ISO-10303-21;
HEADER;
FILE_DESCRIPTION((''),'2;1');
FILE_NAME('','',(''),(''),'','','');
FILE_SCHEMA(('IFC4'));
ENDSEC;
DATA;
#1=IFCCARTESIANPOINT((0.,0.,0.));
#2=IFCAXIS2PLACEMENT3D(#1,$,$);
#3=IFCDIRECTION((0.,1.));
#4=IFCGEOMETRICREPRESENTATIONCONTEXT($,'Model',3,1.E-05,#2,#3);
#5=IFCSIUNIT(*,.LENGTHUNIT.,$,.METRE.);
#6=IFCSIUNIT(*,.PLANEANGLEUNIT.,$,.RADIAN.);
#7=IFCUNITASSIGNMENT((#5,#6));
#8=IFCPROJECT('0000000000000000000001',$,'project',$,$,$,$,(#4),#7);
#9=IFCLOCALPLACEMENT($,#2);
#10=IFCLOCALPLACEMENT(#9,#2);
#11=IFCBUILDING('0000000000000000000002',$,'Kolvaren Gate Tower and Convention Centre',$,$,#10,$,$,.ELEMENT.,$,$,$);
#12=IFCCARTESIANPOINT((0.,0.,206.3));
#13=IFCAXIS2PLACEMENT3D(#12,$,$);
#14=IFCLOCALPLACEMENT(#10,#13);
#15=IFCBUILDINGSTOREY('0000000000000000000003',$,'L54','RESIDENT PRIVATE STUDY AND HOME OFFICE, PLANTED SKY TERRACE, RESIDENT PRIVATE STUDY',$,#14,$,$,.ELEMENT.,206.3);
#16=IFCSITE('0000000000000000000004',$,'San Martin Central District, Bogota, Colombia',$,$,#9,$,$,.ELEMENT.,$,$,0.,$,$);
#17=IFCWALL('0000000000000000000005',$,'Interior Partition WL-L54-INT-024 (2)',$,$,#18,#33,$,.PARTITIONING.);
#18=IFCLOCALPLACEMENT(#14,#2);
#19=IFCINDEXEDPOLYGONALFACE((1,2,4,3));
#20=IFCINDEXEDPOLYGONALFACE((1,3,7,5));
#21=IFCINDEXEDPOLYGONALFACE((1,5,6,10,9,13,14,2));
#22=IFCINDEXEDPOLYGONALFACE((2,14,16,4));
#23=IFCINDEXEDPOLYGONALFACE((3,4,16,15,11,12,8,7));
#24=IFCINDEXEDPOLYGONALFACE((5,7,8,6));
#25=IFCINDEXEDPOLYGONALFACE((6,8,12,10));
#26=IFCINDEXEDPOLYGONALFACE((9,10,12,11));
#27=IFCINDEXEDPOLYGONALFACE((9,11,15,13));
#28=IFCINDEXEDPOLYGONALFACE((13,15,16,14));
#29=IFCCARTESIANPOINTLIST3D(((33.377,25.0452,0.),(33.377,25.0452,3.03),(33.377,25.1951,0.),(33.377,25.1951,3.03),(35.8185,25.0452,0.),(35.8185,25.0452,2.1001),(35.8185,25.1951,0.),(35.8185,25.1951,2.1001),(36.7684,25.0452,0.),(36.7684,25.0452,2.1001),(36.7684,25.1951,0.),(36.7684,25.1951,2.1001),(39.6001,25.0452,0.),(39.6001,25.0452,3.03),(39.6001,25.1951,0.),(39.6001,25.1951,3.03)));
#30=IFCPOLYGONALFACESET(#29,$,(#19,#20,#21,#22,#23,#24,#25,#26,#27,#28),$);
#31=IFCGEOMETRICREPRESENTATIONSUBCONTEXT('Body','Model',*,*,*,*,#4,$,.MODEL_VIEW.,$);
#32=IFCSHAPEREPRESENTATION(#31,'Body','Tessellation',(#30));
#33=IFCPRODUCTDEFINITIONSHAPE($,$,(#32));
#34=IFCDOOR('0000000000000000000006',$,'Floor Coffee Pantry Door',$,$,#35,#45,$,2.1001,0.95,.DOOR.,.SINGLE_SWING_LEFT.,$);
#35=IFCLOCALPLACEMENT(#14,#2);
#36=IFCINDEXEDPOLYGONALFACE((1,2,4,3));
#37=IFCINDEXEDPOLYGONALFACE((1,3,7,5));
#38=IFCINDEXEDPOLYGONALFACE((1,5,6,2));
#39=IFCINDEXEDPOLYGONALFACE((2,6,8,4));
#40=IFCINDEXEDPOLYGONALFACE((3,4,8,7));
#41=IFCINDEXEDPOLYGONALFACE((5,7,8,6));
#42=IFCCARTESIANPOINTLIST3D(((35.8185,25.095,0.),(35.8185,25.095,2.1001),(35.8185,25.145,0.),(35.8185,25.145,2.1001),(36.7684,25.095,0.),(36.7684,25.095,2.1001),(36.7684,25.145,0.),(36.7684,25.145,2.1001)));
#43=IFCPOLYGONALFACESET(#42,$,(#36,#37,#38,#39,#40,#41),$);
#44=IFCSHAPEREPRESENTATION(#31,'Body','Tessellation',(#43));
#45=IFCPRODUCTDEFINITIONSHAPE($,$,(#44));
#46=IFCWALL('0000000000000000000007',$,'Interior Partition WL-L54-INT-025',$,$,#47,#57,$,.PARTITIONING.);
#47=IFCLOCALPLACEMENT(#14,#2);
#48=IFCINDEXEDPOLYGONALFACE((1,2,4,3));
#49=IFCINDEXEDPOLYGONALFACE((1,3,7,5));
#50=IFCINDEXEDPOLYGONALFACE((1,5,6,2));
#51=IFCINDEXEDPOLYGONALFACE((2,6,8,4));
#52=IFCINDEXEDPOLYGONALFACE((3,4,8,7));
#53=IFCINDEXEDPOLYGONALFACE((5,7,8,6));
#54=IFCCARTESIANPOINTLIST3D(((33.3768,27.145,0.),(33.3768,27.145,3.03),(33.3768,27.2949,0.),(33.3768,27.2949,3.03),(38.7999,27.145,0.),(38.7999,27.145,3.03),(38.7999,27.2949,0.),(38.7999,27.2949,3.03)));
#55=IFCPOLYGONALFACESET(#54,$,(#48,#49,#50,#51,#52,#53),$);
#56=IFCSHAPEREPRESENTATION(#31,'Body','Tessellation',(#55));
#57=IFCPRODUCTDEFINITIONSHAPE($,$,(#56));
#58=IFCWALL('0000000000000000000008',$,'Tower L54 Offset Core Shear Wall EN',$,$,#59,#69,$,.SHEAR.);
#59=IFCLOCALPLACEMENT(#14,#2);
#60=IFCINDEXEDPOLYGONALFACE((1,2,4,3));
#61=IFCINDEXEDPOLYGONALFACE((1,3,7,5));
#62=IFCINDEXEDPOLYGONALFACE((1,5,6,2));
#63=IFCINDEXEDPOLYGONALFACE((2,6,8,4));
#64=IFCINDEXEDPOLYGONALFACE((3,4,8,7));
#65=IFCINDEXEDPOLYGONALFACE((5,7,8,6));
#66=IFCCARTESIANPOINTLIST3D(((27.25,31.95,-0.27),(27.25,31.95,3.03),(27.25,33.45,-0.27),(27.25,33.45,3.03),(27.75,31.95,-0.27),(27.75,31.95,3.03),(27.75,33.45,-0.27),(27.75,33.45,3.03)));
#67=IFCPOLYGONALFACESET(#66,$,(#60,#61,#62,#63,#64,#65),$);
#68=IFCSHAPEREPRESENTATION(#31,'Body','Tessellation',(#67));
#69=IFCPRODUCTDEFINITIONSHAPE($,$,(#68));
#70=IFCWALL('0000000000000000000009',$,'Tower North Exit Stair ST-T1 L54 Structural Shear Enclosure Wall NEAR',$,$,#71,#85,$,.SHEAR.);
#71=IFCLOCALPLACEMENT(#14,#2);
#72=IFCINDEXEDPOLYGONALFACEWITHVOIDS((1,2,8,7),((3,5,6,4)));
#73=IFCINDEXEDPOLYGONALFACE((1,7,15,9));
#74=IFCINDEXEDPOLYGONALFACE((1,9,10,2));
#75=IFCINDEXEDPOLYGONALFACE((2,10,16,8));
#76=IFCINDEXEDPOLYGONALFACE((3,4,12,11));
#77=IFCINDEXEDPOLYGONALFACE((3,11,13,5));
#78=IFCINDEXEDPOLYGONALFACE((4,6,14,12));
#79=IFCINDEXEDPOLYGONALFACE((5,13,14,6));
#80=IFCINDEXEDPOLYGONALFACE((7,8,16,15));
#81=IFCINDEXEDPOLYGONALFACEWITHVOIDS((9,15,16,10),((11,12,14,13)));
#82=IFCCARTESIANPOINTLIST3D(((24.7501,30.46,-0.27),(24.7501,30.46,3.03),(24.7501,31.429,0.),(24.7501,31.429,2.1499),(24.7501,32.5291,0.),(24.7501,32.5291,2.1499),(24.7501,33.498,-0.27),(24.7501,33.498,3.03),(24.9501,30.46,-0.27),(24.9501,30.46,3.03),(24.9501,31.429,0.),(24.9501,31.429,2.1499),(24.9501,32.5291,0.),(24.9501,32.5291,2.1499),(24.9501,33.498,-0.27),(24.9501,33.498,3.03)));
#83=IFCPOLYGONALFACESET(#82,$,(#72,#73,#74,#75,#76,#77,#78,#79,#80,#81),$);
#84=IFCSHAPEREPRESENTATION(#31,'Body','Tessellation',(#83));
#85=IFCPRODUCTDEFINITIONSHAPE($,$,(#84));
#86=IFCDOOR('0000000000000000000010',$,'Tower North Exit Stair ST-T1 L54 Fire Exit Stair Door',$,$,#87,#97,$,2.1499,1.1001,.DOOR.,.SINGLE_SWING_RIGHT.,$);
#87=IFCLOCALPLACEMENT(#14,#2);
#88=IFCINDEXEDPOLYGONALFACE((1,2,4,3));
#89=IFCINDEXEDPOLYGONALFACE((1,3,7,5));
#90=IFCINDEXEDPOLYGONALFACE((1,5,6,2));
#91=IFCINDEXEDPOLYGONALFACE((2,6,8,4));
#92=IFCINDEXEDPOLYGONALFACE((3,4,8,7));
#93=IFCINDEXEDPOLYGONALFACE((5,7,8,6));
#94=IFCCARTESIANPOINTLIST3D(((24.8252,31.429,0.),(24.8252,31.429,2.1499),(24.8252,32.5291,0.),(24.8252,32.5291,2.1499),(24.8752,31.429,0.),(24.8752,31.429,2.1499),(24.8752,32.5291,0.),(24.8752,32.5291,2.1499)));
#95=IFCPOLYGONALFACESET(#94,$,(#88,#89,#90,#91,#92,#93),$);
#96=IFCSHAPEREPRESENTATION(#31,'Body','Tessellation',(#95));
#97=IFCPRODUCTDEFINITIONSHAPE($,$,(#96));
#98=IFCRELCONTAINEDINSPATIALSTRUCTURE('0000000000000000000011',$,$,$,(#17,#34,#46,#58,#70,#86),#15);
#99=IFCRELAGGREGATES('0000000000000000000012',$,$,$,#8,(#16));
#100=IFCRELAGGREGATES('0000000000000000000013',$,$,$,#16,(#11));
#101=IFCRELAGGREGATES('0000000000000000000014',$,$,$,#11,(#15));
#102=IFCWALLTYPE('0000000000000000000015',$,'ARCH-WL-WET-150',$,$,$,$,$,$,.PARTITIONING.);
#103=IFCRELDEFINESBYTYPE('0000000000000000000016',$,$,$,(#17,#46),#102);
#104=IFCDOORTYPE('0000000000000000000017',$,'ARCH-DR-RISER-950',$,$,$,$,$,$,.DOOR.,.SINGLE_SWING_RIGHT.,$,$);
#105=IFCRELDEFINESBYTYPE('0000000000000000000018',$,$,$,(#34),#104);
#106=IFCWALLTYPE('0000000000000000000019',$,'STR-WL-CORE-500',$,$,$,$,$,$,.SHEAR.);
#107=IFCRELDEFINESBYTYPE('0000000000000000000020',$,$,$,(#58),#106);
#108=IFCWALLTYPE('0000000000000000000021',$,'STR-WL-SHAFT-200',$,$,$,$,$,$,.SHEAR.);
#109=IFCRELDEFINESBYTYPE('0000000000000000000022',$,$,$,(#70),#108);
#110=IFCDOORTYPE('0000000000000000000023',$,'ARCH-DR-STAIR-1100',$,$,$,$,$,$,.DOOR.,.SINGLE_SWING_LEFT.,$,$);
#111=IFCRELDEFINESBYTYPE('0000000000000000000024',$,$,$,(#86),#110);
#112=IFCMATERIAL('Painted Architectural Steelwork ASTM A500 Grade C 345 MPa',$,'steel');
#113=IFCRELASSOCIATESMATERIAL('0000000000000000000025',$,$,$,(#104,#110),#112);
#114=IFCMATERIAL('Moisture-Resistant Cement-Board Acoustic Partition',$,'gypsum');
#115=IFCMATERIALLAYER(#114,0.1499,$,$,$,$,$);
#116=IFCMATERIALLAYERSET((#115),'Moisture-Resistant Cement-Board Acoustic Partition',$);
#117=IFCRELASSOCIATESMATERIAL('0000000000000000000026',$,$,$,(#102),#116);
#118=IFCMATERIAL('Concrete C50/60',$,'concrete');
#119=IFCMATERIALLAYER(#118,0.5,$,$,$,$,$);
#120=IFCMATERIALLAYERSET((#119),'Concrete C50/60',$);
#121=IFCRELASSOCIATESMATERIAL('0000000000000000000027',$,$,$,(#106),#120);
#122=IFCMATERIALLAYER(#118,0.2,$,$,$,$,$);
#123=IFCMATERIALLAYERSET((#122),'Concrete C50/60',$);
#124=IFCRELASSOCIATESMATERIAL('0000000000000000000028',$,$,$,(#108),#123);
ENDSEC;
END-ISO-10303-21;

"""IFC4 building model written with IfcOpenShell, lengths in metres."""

from ifc_helpers import new_model, si_unit, direction, frame, frame_2d, origin, place, context, subcontext, project, spatial, rectangle, extrude, material, layer, layer_set, type_object, element, fill, save


model = new_model("IFC4")

# Units and contexts
model_context = context("Model", 3, precision=1e-05, world=origin(), true_north=direction((0.0, 1.0)))
body_context = subcontext(model_context, "Body", "Model", "MODEL_VIEW")
ifc_project = project(units=[si_unit("LENGTHUNIT", "METRE"), si_unit("PLANEANGLEUNIT", "RADIAN")], contexts=[model_context])

# Site, building, storey
site_placement = place(None, origin())
site = spatial("IfcSite", under=ifc_project, at=site_placement, Name="San Martin Central District, Bogota, Colombia", CompositionType="ELEMENT", RefElevation=0.0)
building_placement = place(site_placement, origin())
building = spatial("IfcBuilding", under=site, at=building_placement, Name="Kolvaren Gate Tower and Convention Centre", CompositionType="ELEMENT")
storey_placement = place(building_placement, frame((0.0, 0.0, 206.3)))
storey = spatial("IfcBuildingStorey", under=building, at=storey_placement, Name="L54", Description="RESIDENT PRIVATE STUDY AND HOME OFFICE, PLANTED SKY TERRACE, RESIDENT PRIVATE STUDY", CompositionType="ELEMENT", Elevation=206.3)

# Shared definitions
ifc_material_1 = material(Name="Painted Architectural Steelwork ASTM A500 Grade C 345 MPa", Category="steel")
door_type_1 = type_object("IfcDoorType", Name="ARCH-DR-RISER-950", OperationType="SINGLE_SWING_RIGHT", PredefinedType="DOOR", material=ifc_material_1)

# Shared definitions
ifc_material_2 = material(Name="Moisture-Resistant Cement-Board Acoustic Partition", Category="gypsum")
ifc_layer_1 = layer(ifc_material_2, 0.1499)
ifc_layer_set_1 = layer_set([ifc_layer_1], Name="Moisture-Resistant Cement-Board Acoustic Partition")
wall_type_1 = type_object("IfcWallType", Name="ARCH-WL-WET-150", PredefinedType="PARTITIONING", material=ifc_layer_set_1)

# Wall, opening, door
wall_1_placement = place(storey_placement, frame((33.377, 25.1201, 0.0), z_axis=(0.0, 0.0, 1.0), x_axis=(1.0, 0.0, 0.0)))
wall_1 = element("IfcWall", 1, at=wall_1_placement, inside=storey, type_object=wall_type_1, Name="Interior Partition WL-L54-INT-024 (2)", PredefinedType="PARTITIONING", context=body_context, shape_type="SweptSolid", body=[
    extrude(rectangle(XDim=6.2231, YDim=0.1499, at=frame_2d((3.1116, 0.0))), origin(), (0.0, 0.0, 1.0), 3.03),
])
opening_1_placement = place(wall_1_placement, frame((2.4414, 0.0, 0.0)))
opening_1 = element("IfcOpeningElement", 2, at=opening_1_placement, cuts=wall_1, PredefinedType="OPENING", context=body_context, shape_type="SweptSolid", body=[
    extrude(rectangle(XDim=0.95, YDim=2.1001, at=frame_2d((0.4751, 1.05))), frame((0.0, 0.085, 0.0), z_axis=(0.0, -1.0, 0.0), x_axis=(1.0, 0.0, 0.0)), (0.0, 0.0, 1.0), 0.1699),
])
door_1_placement = place(opening_1_placement, origin())
door_1 = element("IfcDoor", 3, at=door_1_placement, inside=storey, type_object=door_type_1, Name="Floor Coffee Pantry Door", OperationType="SINGLE_SWING_LEFT", OverallHeight=2.1001, OverallWidth=0.95, PredefinedType="DOOR", context=body_context, shape_type="SweptSolid", body=[
    extrude(rectangle(XDim=0.95, YDim=2.1001, at=frame_2d((0.4751, 1.05))), frame((0.0, 0.0249, 0.0), z_axis=(0.0, -1.0, 0.0), x_axis=(1.0, 0.0, 0.0)), (0.0, 0.0, 1.0), 0.05),
])
fill(opening_1, door_1)

# Walls
wall_2_placement = place(storey_placement, frame((33.377, 27.22, 0.0), z_axis=(0.0, 0.0, 1.0), x_axis=(1.0, 0.0, 0.0)))
element("IfcWall", 4, at=wall_2_placement, inside=storey, type_object=wall_type_1, Name="Interior Partition WL-L54-INT-025", PredefinedType="PARTITIONING", context=body_context, shape_type="SweptSolid", body=[
    extrude(rectangle(XDim=5.4231, YDim=0.1499, at=frame_2d((2.7114, 0.0))), origin(), (0.0, 0.0, 1.0), 3.03),
])
ifc_material_3 = material(Name="Concrete C50/60", Category="concrete")
ifc_layer_2 = layer(ifc_material_3, 0.5)
ifc_layer_set_2 = layer_set([ifc_layer_2], Name="Concrete C50/60")
wall_type_2 = type_object("IfcWallType", Name="STR-WL-CORE-500", PredefinedType="SHEAR", material=ifc_layer_set_2)
wall_3_placement = place(storey_placement, frame((27.5, 31.95, -0.27), z_axis=(0.0, 0.0, 1.0), x_axis=(0.0, 1.0, 0.0)))
element("IfcWall", 5, at=wall_3_placement, inside=storey, type_object=wall_type_2, Name="Tower L54 Offset Core Shear Wall EN", PredefinedType="SHEAR", context=body_context, shape_type="SweptSolid", body=[
    extrude(rectangle(XDim=1.5, YDim=0.5, at=frame_2d((0.75, 0.0))), origin(), (0.0, 0.0, 1.0), 3.3),
])

# Wall, opening, door
ifc_layer_3 = layer(ifc_material_3, 0.2)
ifc_layer_set_3 = layer_set([ifc_layer_3], Name="Concrete C50/60")
wall_type_3 = type_object("IfcWallType", Name="STR-WL-SHAFT-200", PredefinedType="SHEAR", material=ifc_layer_set_3)
wall_4_placement = place(storey_placement, frame((24.8501, 30.46, -0.27), z_axis=(0.0, 0.0, 1.0), x_axis=(0.0, 1.0, 0.0)))
wall_4 = element("IfcWall", 6, at=wall_4_placement, inside=storey, type_object=wall_type_3, Name="Tower North Exit Stair ST-T1 L54 Structural Shear Enclosure Wall NEAR", PredefinedType="SHEAR", context=body_context, shape_type="SweptSolid", body=[
    extrude(rectangle(XDim=3.0381, YDim=0.2, at=frame_2d((1.519, 0.0))), origin(), (0.0, 0.0, 1.0), 3.3),
])
opening_2_placement = place(wall_4_placement, frame((0.969, 0.0, 0.27)))
opening_2 = element("IfcOpeningElement", 7, at=opening_2_placement, cuts=wall_4, PredefinedType="OPENING", context=body_context, shape_type="SweptSolid", body=[
    extrude(rectangle(XDim=1.1001, YDim=2.1499, at=frame_2d((0.55, 1.075))), frame((0.0, 0.1099, 0.0), z_axis=(0.0, -1.0, 0.0), x_axis=(1.0, 0.0, 0.0)), (0.0, 0.0, 1.0), 0.22),
])
door_type_2 = type_object("IfcDoorType", Name="ARCH-DR-STAIR-1100", OperationType="SINGLE_SWING_LEFT", PredefinedType="DOOR", material=ifc_material_1)
door_2_placement = place(opening_2_placement, origin())
door_2 = element("IfcDoor", 8, at=door_2_placement, inside=storey, type_object=door_type_2, Name="Tower North Exit Stair ST-T1 L54 Fire Exit Stair Door", OperationType="SINGLE_SWING_RIGHT", OverallHeight=2.1499, OverallWidth=1.1001, PredefinedType="DOOR", context=body_context, shape_type="SweptSolid", body=[
    extrude(rectangle(XDim=1.1001, YDim=2.1499, at=frame_2d((0.55, 1.075))), frame((0.0, 0.0249, 0.0), z_axis=(0.0, -1.0, 0.0), x_axis=(1.0, 0.0, 0.0)), (0.0, 0.0, 1.0), 0.05),
])
fill(opening_2, door_2)

save(model, "model.ifc")
